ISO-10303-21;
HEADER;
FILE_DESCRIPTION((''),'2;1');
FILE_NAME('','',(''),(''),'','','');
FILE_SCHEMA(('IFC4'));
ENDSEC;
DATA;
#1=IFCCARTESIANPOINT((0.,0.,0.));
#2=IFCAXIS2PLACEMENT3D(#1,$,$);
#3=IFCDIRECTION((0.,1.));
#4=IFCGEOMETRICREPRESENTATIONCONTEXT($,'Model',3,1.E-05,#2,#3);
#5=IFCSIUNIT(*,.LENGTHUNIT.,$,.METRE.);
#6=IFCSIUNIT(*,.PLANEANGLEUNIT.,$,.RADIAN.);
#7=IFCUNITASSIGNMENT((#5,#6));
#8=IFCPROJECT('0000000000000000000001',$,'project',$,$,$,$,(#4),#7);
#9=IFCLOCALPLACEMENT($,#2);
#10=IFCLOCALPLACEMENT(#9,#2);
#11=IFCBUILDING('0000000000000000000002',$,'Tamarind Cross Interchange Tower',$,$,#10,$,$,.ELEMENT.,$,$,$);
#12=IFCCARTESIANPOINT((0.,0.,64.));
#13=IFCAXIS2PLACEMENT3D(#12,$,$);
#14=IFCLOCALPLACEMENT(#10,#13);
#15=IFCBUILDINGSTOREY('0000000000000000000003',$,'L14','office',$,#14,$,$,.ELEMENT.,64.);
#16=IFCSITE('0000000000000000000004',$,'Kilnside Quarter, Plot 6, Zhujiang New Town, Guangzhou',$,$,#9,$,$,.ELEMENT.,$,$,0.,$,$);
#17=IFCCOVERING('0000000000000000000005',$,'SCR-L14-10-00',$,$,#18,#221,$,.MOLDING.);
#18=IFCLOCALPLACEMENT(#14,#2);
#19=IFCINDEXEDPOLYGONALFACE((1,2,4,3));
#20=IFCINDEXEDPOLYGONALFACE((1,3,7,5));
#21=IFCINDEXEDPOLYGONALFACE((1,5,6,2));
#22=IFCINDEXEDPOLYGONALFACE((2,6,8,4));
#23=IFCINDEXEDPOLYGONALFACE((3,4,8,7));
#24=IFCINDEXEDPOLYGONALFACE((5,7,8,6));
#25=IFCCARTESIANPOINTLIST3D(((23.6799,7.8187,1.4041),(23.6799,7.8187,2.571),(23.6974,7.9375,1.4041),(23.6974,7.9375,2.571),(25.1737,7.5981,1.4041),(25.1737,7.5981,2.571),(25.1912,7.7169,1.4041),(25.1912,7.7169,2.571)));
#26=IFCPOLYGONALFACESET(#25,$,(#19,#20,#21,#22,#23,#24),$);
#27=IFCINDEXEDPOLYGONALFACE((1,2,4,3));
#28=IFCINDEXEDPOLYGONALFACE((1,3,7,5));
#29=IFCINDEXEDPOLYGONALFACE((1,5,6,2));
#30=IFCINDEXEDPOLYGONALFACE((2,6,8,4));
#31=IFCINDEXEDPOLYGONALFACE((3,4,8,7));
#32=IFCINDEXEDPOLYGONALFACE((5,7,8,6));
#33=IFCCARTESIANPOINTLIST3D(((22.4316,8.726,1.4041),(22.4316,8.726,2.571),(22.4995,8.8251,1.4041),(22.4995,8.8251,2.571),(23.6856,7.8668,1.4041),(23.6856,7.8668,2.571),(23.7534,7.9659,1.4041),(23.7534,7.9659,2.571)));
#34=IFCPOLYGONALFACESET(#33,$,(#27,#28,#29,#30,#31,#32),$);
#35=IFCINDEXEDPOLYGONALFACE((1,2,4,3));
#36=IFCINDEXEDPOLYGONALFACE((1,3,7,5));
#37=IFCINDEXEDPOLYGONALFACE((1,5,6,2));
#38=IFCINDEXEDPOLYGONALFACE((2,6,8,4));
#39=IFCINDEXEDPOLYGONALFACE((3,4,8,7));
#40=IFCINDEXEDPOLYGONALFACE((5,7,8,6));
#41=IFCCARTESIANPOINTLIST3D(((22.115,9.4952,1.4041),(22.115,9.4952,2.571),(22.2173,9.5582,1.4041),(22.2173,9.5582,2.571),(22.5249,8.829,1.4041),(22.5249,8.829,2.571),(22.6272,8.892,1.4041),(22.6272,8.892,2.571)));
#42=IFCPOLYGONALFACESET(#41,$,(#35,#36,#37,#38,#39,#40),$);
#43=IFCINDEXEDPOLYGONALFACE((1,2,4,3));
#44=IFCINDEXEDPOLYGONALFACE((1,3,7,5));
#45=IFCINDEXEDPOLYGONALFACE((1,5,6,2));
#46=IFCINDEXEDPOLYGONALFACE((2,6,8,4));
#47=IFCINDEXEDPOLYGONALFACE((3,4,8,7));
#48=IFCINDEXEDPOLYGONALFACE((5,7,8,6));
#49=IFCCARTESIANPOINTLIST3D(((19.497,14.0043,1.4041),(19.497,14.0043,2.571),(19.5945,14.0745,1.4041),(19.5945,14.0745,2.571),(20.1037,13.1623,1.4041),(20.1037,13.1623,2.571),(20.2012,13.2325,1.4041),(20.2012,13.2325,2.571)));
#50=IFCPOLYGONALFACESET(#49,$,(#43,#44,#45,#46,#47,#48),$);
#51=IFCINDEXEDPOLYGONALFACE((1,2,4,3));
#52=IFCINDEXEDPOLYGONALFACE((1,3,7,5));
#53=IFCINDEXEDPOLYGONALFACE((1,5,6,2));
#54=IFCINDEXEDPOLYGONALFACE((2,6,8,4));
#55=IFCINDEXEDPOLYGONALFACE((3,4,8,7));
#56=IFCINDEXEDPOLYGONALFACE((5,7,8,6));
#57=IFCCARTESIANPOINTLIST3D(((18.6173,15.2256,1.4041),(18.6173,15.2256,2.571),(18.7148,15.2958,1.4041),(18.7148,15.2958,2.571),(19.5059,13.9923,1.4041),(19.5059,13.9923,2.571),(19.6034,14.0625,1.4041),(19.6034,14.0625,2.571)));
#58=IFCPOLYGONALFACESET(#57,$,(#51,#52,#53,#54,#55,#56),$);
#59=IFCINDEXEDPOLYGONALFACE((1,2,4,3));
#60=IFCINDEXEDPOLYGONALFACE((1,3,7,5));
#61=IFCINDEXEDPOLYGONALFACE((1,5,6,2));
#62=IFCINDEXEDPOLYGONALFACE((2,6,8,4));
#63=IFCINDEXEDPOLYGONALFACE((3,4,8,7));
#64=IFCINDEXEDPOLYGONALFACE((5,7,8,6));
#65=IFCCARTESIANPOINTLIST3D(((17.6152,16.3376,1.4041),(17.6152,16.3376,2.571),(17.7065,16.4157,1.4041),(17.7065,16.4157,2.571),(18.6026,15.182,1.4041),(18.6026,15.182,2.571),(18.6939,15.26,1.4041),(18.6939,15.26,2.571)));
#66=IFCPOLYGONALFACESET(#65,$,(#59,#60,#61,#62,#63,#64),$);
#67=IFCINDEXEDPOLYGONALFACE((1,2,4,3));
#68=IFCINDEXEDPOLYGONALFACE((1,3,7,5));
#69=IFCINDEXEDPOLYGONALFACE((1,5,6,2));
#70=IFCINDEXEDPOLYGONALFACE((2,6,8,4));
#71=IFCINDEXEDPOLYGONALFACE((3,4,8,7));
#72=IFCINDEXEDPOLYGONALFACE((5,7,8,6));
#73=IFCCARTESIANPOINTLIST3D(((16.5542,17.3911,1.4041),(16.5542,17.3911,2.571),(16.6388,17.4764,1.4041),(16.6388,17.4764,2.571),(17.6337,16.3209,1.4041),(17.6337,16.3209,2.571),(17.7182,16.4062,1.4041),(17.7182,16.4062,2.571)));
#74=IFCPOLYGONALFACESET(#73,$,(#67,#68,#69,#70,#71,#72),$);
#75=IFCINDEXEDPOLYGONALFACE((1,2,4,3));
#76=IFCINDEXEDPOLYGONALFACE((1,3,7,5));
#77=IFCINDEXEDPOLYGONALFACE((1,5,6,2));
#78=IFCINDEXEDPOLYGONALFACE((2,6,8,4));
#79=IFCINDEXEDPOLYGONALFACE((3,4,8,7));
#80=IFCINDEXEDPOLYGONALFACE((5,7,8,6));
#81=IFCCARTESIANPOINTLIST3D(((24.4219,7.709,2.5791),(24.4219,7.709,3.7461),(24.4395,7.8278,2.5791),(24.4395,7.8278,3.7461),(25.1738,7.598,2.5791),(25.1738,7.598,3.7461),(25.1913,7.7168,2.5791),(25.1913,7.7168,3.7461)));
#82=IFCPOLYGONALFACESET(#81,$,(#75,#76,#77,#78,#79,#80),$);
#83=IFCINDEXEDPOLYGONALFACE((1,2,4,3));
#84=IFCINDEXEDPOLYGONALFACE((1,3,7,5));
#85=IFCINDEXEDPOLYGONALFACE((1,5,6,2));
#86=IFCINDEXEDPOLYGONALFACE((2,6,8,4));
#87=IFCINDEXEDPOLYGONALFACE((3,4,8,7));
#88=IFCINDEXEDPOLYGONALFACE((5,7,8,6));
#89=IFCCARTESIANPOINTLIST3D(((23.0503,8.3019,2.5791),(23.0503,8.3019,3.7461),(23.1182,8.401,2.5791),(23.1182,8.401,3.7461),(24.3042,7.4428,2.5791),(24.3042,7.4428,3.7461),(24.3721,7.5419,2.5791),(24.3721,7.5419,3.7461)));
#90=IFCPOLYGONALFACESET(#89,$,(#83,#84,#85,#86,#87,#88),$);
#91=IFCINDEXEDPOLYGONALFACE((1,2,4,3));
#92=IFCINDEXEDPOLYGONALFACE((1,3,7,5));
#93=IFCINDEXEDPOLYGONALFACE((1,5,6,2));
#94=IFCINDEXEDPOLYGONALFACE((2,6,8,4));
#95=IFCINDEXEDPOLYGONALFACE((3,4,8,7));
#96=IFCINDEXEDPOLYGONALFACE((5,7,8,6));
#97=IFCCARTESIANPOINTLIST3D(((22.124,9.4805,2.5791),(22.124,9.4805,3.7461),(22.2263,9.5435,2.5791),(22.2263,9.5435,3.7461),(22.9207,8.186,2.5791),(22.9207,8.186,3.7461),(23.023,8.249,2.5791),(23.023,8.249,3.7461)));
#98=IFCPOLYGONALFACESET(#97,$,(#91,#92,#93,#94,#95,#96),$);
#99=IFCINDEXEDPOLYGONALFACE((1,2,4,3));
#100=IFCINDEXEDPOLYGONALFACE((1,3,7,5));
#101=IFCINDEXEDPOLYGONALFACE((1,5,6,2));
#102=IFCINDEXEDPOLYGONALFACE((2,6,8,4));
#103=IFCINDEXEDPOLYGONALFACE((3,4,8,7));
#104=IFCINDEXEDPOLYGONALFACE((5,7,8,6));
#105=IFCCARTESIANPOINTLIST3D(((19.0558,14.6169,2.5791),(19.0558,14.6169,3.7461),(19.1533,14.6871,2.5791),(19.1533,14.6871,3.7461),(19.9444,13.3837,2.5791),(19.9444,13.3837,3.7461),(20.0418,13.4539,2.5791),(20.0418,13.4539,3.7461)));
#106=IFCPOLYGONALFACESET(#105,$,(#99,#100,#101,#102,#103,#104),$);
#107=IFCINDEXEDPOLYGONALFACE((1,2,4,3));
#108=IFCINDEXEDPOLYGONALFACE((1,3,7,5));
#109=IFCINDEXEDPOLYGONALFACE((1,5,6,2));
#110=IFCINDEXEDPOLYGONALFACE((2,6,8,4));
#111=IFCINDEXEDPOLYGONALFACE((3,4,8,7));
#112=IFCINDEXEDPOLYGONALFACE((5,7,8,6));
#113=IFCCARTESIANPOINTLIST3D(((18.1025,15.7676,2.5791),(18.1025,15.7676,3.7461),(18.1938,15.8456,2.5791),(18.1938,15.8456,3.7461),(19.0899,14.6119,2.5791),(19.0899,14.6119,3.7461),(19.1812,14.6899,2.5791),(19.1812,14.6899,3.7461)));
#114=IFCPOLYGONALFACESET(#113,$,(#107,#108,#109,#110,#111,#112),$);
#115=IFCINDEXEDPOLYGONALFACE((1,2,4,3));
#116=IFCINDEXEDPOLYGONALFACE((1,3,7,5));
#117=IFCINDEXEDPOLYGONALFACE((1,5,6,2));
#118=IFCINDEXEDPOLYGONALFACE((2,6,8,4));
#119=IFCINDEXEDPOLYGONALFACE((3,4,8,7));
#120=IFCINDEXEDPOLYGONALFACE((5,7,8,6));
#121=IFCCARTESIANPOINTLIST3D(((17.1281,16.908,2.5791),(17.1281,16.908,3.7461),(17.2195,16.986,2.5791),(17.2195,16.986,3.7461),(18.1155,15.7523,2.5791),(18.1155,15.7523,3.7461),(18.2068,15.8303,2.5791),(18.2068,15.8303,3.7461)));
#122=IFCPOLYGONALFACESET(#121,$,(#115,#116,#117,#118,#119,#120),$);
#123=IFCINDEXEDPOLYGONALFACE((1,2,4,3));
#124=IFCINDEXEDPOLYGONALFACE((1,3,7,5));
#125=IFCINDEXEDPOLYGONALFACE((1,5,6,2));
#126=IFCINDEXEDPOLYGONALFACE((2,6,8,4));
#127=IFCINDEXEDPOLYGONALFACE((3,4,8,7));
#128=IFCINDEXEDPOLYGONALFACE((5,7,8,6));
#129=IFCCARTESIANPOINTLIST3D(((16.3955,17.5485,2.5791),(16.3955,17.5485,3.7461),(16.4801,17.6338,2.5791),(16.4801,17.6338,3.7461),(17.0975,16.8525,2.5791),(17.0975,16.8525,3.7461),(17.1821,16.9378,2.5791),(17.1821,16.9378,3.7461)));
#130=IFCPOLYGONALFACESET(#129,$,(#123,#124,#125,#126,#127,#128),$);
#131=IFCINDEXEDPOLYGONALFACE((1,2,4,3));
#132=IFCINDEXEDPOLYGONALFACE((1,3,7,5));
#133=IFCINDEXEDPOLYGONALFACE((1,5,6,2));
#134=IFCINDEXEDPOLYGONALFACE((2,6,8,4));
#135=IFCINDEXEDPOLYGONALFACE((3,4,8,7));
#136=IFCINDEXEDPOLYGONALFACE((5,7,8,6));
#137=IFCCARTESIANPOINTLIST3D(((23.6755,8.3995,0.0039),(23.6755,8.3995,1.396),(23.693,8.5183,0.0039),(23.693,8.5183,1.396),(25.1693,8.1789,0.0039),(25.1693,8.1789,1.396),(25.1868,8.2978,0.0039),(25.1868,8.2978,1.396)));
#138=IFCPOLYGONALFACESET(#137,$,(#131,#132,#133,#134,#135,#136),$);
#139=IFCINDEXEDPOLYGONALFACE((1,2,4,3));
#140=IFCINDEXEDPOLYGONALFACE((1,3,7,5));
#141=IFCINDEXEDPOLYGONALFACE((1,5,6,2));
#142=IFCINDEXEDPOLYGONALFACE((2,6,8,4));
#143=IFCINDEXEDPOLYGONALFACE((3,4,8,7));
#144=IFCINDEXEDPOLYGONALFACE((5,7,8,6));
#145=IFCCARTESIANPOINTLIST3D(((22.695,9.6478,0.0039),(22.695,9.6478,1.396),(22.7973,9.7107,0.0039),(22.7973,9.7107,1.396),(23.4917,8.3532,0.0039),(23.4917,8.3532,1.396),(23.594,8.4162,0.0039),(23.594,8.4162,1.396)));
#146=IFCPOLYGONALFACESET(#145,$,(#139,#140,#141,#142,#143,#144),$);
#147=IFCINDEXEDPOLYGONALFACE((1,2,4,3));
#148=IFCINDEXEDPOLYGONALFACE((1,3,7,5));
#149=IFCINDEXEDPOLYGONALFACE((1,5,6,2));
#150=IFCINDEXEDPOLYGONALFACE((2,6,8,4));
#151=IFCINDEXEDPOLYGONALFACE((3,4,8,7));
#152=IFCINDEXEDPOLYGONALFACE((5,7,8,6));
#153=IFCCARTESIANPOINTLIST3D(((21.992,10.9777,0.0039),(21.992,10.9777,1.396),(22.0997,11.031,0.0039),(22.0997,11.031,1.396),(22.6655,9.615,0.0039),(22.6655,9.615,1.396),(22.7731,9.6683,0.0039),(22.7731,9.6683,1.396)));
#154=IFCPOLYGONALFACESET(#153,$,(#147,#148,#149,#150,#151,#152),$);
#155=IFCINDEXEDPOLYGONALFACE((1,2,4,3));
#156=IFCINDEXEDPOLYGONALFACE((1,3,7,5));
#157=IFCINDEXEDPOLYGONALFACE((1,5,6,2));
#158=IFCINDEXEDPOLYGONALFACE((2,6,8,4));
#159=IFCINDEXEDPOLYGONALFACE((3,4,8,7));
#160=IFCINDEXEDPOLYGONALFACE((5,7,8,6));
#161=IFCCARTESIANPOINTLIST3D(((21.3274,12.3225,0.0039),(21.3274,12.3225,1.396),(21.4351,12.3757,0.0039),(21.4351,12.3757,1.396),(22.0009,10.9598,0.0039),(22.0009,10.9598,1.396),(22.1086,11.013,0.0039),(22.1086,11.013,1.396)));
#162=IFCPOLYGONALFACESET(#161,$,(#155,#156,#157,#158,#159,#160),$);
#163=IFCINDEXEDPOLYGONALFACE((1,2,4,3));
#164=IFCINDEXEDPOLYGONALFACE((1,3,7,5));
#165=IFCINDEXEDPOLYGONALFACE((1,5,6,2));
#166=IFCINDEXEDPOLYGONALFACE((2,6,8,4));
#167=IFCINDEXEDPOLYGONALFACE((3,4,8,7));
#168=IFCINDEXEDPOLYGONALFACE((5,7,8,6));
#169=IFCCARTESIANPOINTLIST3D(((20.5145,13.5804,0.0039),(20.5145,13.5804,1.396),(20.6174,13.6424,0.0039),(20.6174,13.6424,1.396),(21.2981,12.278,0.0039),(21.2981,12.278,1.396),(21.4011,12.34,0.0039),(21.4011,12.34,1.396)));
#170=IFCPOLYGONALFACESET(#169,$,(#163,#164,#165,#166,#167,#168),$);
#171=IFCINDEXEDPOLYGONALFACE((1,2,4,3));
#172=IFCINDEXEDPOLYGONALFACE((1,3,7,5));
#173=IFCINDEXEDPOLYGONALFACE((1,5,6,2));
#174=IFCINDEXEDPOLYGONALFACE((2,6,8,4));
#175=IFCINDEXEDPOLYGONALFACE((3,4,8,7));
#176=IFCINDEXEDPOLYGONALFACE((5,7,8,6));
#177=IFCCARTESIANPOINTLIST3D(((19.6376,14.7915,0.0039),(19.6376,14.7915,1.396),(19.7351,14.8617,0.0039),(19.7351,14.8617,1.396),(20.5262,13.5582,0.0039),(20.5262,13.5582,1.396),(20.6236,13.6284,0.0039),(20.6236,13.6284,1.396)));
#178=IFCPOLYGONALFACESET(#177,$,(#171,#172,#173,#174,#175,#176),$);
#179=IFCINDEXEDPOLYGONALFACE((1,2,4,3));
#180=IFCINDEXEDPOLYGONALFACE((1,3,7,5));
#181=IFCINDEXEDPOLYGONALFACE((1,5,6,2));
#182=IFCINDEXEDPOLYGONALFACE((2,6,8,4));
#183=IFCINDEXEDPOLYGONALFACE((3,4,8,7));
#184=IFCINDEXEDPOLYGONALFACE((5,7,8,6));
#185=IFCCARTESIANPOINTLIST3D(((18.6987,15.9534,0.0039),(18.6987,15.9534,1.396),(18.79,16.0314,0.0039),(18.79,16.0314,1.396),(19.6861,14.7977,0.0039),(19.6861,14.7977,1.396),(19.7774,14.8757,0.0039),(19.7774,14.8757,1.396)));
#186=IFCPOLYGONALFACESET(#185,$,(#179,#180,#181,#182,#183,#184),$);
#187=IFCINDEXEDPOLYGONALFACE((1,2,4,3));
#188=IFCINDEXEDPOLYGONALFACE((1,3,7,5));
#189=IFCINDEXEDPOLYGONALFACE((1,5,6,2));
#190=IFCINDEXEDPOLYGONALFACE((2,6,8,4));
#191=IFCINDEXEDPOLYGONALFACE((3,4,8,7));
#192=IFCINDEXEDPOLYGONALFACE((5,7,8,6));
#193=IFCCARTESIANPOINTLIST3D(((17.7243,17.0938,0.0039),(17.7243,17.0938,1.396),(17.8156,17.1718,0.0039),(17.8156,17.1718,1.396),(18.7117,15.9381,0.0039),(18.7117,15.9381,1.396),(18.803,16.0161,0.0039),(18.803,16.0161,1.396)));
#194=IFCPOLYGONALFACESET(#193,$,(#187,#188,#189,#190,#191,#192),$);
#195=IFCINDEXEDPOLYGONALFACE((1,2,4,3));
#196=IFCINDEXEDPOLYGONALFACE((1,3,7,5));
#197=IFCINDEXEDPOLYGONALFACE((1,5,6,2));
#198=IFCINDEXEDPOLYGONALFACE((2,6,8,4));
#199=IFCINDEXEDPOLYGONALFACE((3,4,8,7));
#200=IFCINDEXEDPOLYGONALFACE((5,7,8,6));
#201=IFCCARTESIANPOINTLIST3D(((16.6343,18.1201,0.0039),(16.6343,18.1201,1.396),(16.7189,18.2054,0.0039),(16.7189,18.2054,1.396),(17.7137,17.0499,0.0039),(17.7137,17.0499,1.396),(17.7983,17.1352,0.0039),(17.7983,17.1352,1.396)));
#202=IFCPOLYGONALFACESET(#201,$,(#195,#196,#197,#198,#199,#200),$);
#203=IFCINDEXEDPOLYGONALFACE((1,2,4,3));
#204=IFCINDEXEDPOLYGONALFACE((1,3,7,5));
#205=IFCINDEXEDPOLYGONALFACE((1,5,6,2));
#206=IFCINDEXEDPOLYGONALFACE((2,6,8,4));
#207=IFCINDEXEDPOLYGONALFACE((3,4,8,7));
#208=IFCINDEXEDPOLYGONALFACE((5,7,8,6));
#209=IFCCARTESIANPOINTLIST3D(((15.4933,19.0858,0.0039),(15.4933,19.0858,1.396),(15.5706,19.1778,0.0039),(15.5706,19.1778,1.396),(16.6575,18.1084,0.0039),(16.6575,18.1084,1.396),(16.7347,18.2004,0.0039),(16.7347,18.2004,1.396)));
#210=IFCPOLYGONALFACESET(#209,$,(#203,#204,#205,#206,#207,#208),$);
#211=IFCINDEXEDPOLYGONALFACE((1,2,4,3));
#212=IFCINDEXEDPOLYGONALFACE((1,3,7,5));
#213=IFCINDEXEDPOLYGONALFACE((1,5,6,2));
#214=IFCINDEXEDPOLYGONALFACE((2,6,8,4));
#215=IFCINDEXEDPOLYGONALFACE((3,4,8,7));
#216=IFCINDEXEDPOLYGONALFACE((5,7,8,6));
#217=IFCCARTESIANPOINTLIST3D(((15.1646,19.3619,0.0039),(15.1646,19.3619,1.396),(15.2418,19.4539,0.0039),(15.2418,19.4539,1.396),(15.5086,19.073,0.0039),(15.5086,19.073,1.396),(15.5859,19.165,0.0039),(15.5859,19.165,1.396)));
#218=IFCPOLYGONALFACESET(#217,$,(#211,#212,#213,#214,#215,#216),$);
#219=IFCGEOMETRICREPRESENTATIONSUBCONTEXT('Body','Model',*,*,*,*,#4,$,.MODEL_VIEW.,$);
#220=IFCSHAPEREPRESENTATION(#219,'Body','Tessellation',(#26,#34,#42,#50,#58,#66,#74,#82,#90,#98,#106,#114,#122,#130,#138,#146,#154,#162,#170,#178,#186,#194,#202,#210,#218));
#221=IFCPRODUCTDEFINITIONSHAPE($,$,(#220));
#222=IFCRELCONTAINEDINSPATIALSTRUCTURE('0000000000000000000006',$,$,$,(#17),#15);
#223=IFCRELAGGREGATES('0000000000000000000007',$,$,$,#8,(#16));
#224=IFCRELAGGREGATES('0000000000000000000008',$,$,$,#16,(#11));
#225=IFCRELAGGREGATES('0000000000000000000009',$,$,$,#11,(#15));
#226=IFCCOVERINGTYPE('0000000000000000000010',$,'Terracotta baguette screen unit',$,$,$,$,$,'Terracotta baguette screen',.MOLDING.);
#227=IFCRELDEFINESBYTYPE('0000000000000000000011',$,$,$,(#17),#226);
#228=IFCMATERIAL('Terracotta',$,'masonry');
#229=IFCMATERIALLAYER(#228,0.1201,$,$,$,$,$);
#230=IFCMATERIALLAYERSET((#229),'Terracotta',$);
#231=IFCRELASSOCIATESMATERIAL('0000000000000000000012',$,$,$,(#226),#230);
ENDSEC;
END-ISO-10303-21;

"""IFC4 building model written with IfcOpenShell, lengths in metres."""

from ifc_helpers import new_model, si_unit, direction, frame, origin, origin_2d, place, context, subcontext, project, spatial, rectangle, extrude, material, layer, layer_set, type_object, element, save


model = new_model("IFC4")

# Units and contexts
model_context = context("Model", 3, precision=1e-05, world=origin(), true_north=direction((0.0, 1.0)))
body_context = subcontext(model_context, "Body", "Model", "MODEL_VIEW")
ifc_project = project(units=[si_unit("LENGTHUNIT", "METRE"), si_unit("PLANEANGLEUNIT", "RADIAN")], contexts=[model_context])

# Site, building, storey
site_placement = place(None, origin())
site = spatial("IfcSite", under=ifc_project, at=site_placement, Name="Kilnside Quarter, Plot 6, Zhujiang New Town, Guangzhou", CompositionType="ELEMENT", RefElevation=0.0)
building_placement = place(site_placement, origin())
building = spatial("IfcBuilding", under=site, at=building_placement, Name="Tamarind Cross Interchange Tower", CompositionType="ELEMENT")
storey_placement = place(building_placement, frame((0.0, 0.0, 64.0)))
storey = spatial("IfcBuildingStorey", under=building, at=storey_placement, Name="L14", Description="office", CompositionType="ELEMENT", Elevation=64.0)

# Covering
ifc_material_1 = material(Name="Terracotta", Category="masonry")
ifc_layer_1 = layer(ifc_material_1, 0.1201)
ifc_layer_set_1 = layer_set([ifc_layer_1], Name="Terracotta")
covering_type = type_object("IfcCoveringType", Name="Terracotta baguette screen unit", ElementType="Terracotta baguette screen", PredefinedType="MOLDING", material=ifc_layer_set_1)
covering_1_placement = place(storey_placement, origin())
element("IfcCovering", 1, at=covering_1_placement, inside=storey, type_object=covering_type, Name="SCR-L14-10-00", PredefinedType="MOLDING", context=body_context, shape_type="SweptSolid", body=[
    extrude(rectangle(XDim=1.51, YDim=0.1201, at=origin_2d()), frame((24.4355, 7.7678, 1.4041), z_axis=(0.0, 0.0, 1.0), x_axis=(-0.989273, 0.14608, 0.0)), (0.0, 0.0, 1.0), 1.167),
    extrude(rectangle(XDim=1.52, YDim=0.1201, at=origin_2d()), frame((23.0925, 8.3459, 1.4041), z_axis=(0.0, 0.0, 1.0), x_axis=(-0.824948, 0.565209, 0.0)), (0.0, 0.0, 1.0), 1.167),
    extrude(rectangle(XDim=0.7822, YDim=0.1201, at=origin_2d()), frame((22.3711, 9.1936, 1.4041), z_axis=(0.0, 0.0, 1.0), x_axis=(-0.524119, 0.851645, 0.0)), (0.0, 0.0, 1.0), 1.167),
    extrude(rectangle(XDim=1.0378, YDim=0.1201, at=origin_2d()), frame((19.8491, 13.6184, 1.4041), z_axis=(0.0, 0.0, 1.0), x_axis=(-0.584574, 0.81134, 0.0)), (0.0, 0.0, 1.0), 1.167),
    extrude(rectangle(XDim=1.52, YDim=0.1201, at=origin_2d()), frame((19.1104, 14.644, 1.4041), z_axis=(0.0, 0.0, 1.0), x_axis=(-0.584574, 0.81134, 0.0)), (0.0, 0.0, 1.0), 1.167),
    extrude(rectangle(XDim=1.52, YDim=0.1201, at=origin_2d()), frame((18.1545, 15.7988, 1.4041), z_axis=(0.0, 0.0, 1.0), x_axis=(-0.649577, 0.760296, 0.0)), (0.0, 0.0, 1.0), 1.167),
    extrude(rectangle(XDim=1.52, YDim=0.1201, at=origin_2d()), frame((17.1362, 16.8987, 1.4041), z_axis=(0.0, 0.0, 1.0), x_axis=(-0.710143, 0.704057, 0.0)), (0.0, 0.0, 1.0), 1.167),
    extrude(rectangle(XDim=0.76, YDim=0.1201, at=origin_2d()), frame((24.8066, 7.7129, 2.5791), z_axis=(0.0, 0.0, 1.0), x_axis=(-0.989273, 0.14608, 0.0)), (0.0, 0.0, 1.0), 1.167),
    extrude(rectangle(XDim=1.52, YDim=0.1201, at=origin_2d()), frame((23.7112, 7.9219, 2.5791), z_axis=(0.0, 0.0, 1.0), x_axis=(-0.824948, 0.565209, 0.0)), (0.0, 0.0, 1.0), 1.167),
    extrude(rectangle(XDim=1.52, YDim=0.1201, at=origin_2d()), frame((22.5735, 8.8647, 2.5791), z_axis=(0.0, 0.0, 1.0), x_axis=(-0.524119, 0.851645, 0.0)), (0.0, 0.0, 1.0), 1.167),
    extrude(rectangle(XDim=1.52, YDim=0.1201, at=origin_2d()), frame((19.5488, 14.0354, 2.5791), z_axis=(0.0, 0.0, 1.0), x_axis=(-0.584574, 0.81134, 0.0)), (0.0, 0.0, 1.0), 1.167),
    extrude(rectangle(XDim=1.52, YDim=0.1201, at=origin_2d()), frame((18.6418, 15.2288, 2.5791), z_axis=(0.0, 0.0, 1.0), x_axis=(-0.649577, 0.760296, 0.0)), (0.0, 0.0, 1.0), 1.167),
    extrude(rectangle(XDim=1.52, YDim=0.1201, at=origin_2d()), frame((17.6675, 16.3691, 2.5791), z_axis=(0.0, 0.0, 1.0), x_axis=(-0.649577, 0.760296, 0.0)), (0.0, 0.0, 1.0), 1.167),
    extrude(rectangle(XDim=0.9885, YDim=0.1201, at=origin_2d()), frame((16.7888, 17.2432, 2.5791), z_axis=(0.0, 0.0, 1.0), x_axis=(-0.710143, 0.704057, 0.0)), (0.0, 0.0, 1.0), 1.167),
    extrude(rectangle(XDim=1.51, YDim=0.1201, at=origin_2d()), frame((24.4312, 8.3486, 0.0039), z_axis=(0.0, 0.0, 1.0), x_axis=(-0.989273, 0.14608, 0.0)), (0.0, 0.0, 1.0), 1.3921),
    extrude(rectangle(XDim=1.52, YDim=0.1201, at=origin_2d()), frame((23.1445, 9.032, 0.0039), z_axis=(0.0, 0.0, 1.0), x_axis=(-0.524119, 0.851645, 0.0)), (0.0, 0.0, 1.0), 1.3921),
    extrude(rectangle(XDim=1.52, YDim=0.1201, at=origin_2d()), frame((22.3826, 10.323, 0.0039), z_axis=(0.0, 0.0, 1.0), x_axis=(-0.443059, 0.896493, 0.0)), (0.0, 0.0, 1.0), 1.3921),
    extrude(rectangle(XDim=1.52, YDim=0.1201, at=origin_2d()), frame((21.718, 11.6677, 0.0039), z_axis=(0.0, 0.0, 1.0), x_axis=(-0.443059, 0.896493, 0.0)), (0.0, 0.0, 1.0), 1.3921),
    extrude(rectangle(XDim=1.52, YDim=0.1201, at=origin_2d()), frame((20.9578, 12.9602, 0.0039), z_axis=(0.0, 0.0, 1.0), x_axis=(-0.515577, 0.856843, 0.0)), (0.0, 0.0, 1.0), 1.3921),
    extrude(rectangle(XDim=1.52, YDim=0.1201, at=origin_2d()), frame((20.1306, 14.21, 0.0039), z_axis=(0.0, 0.0, 1.0), x_axis=(-0.584574, 0.81134, 0.0)), (0.0, 0.0, 1.0), 1.3921),
    extrude(rectangle(XDim=1.52, YDim=0.1201, at=origin_2d()), frame((19.238, 15.4146, 0.0039), z_axis=(0.0, 0.0, 1.0), x_axis=(-0.649577, 0.760296, 0.0)), (0.0, 0.0, 1.0), 1.3921),
    extrude(rectangle(XDim=1.52, YDim=0.1201, at=origin_2d()), frame((18.2637, 16.5549, 0.0039), z_axis=(0.0, 0.0, 1.0), x_axis=(-0.649577, 0.760296, 0.0)), (0.0, 0.0, 1.0), 1.3921),
    extrude(rectangle(XDim=1.52, YDim=0.1201, at=origin_2d()), frame((17.2163, 17.6277, 0.0039), z_axis=(0.0, 0.0, 1.0), x_axis=(-0.710143, 0.704057, 0.0)), (0.0, 0.0, 1.0), 1.3921),
    extrude(rectangle(XDim=1.52, YDim=0.1201, at=origin_2d()), frame((16.114, 18.6431, 0.0039), z_axis=(0.0, 0.0, 1.0), x_axis=(-0.765858, 0.643009, 0.0)), (0.0, 0.0, 1.0), 1.3921),
    extrude(rectangle(XDim=0.4492, YDim=0.1201, at=origin_2d()), frame((15.3752, 19.2634, 0.0039), z_axis=(0.0, 0.0, 1.0), x_axis=(-0.765858, 0.643009, 0.0)), (0.0, 0.0, 1.0), 1.3921),
])

save(model, "model.ifc")
